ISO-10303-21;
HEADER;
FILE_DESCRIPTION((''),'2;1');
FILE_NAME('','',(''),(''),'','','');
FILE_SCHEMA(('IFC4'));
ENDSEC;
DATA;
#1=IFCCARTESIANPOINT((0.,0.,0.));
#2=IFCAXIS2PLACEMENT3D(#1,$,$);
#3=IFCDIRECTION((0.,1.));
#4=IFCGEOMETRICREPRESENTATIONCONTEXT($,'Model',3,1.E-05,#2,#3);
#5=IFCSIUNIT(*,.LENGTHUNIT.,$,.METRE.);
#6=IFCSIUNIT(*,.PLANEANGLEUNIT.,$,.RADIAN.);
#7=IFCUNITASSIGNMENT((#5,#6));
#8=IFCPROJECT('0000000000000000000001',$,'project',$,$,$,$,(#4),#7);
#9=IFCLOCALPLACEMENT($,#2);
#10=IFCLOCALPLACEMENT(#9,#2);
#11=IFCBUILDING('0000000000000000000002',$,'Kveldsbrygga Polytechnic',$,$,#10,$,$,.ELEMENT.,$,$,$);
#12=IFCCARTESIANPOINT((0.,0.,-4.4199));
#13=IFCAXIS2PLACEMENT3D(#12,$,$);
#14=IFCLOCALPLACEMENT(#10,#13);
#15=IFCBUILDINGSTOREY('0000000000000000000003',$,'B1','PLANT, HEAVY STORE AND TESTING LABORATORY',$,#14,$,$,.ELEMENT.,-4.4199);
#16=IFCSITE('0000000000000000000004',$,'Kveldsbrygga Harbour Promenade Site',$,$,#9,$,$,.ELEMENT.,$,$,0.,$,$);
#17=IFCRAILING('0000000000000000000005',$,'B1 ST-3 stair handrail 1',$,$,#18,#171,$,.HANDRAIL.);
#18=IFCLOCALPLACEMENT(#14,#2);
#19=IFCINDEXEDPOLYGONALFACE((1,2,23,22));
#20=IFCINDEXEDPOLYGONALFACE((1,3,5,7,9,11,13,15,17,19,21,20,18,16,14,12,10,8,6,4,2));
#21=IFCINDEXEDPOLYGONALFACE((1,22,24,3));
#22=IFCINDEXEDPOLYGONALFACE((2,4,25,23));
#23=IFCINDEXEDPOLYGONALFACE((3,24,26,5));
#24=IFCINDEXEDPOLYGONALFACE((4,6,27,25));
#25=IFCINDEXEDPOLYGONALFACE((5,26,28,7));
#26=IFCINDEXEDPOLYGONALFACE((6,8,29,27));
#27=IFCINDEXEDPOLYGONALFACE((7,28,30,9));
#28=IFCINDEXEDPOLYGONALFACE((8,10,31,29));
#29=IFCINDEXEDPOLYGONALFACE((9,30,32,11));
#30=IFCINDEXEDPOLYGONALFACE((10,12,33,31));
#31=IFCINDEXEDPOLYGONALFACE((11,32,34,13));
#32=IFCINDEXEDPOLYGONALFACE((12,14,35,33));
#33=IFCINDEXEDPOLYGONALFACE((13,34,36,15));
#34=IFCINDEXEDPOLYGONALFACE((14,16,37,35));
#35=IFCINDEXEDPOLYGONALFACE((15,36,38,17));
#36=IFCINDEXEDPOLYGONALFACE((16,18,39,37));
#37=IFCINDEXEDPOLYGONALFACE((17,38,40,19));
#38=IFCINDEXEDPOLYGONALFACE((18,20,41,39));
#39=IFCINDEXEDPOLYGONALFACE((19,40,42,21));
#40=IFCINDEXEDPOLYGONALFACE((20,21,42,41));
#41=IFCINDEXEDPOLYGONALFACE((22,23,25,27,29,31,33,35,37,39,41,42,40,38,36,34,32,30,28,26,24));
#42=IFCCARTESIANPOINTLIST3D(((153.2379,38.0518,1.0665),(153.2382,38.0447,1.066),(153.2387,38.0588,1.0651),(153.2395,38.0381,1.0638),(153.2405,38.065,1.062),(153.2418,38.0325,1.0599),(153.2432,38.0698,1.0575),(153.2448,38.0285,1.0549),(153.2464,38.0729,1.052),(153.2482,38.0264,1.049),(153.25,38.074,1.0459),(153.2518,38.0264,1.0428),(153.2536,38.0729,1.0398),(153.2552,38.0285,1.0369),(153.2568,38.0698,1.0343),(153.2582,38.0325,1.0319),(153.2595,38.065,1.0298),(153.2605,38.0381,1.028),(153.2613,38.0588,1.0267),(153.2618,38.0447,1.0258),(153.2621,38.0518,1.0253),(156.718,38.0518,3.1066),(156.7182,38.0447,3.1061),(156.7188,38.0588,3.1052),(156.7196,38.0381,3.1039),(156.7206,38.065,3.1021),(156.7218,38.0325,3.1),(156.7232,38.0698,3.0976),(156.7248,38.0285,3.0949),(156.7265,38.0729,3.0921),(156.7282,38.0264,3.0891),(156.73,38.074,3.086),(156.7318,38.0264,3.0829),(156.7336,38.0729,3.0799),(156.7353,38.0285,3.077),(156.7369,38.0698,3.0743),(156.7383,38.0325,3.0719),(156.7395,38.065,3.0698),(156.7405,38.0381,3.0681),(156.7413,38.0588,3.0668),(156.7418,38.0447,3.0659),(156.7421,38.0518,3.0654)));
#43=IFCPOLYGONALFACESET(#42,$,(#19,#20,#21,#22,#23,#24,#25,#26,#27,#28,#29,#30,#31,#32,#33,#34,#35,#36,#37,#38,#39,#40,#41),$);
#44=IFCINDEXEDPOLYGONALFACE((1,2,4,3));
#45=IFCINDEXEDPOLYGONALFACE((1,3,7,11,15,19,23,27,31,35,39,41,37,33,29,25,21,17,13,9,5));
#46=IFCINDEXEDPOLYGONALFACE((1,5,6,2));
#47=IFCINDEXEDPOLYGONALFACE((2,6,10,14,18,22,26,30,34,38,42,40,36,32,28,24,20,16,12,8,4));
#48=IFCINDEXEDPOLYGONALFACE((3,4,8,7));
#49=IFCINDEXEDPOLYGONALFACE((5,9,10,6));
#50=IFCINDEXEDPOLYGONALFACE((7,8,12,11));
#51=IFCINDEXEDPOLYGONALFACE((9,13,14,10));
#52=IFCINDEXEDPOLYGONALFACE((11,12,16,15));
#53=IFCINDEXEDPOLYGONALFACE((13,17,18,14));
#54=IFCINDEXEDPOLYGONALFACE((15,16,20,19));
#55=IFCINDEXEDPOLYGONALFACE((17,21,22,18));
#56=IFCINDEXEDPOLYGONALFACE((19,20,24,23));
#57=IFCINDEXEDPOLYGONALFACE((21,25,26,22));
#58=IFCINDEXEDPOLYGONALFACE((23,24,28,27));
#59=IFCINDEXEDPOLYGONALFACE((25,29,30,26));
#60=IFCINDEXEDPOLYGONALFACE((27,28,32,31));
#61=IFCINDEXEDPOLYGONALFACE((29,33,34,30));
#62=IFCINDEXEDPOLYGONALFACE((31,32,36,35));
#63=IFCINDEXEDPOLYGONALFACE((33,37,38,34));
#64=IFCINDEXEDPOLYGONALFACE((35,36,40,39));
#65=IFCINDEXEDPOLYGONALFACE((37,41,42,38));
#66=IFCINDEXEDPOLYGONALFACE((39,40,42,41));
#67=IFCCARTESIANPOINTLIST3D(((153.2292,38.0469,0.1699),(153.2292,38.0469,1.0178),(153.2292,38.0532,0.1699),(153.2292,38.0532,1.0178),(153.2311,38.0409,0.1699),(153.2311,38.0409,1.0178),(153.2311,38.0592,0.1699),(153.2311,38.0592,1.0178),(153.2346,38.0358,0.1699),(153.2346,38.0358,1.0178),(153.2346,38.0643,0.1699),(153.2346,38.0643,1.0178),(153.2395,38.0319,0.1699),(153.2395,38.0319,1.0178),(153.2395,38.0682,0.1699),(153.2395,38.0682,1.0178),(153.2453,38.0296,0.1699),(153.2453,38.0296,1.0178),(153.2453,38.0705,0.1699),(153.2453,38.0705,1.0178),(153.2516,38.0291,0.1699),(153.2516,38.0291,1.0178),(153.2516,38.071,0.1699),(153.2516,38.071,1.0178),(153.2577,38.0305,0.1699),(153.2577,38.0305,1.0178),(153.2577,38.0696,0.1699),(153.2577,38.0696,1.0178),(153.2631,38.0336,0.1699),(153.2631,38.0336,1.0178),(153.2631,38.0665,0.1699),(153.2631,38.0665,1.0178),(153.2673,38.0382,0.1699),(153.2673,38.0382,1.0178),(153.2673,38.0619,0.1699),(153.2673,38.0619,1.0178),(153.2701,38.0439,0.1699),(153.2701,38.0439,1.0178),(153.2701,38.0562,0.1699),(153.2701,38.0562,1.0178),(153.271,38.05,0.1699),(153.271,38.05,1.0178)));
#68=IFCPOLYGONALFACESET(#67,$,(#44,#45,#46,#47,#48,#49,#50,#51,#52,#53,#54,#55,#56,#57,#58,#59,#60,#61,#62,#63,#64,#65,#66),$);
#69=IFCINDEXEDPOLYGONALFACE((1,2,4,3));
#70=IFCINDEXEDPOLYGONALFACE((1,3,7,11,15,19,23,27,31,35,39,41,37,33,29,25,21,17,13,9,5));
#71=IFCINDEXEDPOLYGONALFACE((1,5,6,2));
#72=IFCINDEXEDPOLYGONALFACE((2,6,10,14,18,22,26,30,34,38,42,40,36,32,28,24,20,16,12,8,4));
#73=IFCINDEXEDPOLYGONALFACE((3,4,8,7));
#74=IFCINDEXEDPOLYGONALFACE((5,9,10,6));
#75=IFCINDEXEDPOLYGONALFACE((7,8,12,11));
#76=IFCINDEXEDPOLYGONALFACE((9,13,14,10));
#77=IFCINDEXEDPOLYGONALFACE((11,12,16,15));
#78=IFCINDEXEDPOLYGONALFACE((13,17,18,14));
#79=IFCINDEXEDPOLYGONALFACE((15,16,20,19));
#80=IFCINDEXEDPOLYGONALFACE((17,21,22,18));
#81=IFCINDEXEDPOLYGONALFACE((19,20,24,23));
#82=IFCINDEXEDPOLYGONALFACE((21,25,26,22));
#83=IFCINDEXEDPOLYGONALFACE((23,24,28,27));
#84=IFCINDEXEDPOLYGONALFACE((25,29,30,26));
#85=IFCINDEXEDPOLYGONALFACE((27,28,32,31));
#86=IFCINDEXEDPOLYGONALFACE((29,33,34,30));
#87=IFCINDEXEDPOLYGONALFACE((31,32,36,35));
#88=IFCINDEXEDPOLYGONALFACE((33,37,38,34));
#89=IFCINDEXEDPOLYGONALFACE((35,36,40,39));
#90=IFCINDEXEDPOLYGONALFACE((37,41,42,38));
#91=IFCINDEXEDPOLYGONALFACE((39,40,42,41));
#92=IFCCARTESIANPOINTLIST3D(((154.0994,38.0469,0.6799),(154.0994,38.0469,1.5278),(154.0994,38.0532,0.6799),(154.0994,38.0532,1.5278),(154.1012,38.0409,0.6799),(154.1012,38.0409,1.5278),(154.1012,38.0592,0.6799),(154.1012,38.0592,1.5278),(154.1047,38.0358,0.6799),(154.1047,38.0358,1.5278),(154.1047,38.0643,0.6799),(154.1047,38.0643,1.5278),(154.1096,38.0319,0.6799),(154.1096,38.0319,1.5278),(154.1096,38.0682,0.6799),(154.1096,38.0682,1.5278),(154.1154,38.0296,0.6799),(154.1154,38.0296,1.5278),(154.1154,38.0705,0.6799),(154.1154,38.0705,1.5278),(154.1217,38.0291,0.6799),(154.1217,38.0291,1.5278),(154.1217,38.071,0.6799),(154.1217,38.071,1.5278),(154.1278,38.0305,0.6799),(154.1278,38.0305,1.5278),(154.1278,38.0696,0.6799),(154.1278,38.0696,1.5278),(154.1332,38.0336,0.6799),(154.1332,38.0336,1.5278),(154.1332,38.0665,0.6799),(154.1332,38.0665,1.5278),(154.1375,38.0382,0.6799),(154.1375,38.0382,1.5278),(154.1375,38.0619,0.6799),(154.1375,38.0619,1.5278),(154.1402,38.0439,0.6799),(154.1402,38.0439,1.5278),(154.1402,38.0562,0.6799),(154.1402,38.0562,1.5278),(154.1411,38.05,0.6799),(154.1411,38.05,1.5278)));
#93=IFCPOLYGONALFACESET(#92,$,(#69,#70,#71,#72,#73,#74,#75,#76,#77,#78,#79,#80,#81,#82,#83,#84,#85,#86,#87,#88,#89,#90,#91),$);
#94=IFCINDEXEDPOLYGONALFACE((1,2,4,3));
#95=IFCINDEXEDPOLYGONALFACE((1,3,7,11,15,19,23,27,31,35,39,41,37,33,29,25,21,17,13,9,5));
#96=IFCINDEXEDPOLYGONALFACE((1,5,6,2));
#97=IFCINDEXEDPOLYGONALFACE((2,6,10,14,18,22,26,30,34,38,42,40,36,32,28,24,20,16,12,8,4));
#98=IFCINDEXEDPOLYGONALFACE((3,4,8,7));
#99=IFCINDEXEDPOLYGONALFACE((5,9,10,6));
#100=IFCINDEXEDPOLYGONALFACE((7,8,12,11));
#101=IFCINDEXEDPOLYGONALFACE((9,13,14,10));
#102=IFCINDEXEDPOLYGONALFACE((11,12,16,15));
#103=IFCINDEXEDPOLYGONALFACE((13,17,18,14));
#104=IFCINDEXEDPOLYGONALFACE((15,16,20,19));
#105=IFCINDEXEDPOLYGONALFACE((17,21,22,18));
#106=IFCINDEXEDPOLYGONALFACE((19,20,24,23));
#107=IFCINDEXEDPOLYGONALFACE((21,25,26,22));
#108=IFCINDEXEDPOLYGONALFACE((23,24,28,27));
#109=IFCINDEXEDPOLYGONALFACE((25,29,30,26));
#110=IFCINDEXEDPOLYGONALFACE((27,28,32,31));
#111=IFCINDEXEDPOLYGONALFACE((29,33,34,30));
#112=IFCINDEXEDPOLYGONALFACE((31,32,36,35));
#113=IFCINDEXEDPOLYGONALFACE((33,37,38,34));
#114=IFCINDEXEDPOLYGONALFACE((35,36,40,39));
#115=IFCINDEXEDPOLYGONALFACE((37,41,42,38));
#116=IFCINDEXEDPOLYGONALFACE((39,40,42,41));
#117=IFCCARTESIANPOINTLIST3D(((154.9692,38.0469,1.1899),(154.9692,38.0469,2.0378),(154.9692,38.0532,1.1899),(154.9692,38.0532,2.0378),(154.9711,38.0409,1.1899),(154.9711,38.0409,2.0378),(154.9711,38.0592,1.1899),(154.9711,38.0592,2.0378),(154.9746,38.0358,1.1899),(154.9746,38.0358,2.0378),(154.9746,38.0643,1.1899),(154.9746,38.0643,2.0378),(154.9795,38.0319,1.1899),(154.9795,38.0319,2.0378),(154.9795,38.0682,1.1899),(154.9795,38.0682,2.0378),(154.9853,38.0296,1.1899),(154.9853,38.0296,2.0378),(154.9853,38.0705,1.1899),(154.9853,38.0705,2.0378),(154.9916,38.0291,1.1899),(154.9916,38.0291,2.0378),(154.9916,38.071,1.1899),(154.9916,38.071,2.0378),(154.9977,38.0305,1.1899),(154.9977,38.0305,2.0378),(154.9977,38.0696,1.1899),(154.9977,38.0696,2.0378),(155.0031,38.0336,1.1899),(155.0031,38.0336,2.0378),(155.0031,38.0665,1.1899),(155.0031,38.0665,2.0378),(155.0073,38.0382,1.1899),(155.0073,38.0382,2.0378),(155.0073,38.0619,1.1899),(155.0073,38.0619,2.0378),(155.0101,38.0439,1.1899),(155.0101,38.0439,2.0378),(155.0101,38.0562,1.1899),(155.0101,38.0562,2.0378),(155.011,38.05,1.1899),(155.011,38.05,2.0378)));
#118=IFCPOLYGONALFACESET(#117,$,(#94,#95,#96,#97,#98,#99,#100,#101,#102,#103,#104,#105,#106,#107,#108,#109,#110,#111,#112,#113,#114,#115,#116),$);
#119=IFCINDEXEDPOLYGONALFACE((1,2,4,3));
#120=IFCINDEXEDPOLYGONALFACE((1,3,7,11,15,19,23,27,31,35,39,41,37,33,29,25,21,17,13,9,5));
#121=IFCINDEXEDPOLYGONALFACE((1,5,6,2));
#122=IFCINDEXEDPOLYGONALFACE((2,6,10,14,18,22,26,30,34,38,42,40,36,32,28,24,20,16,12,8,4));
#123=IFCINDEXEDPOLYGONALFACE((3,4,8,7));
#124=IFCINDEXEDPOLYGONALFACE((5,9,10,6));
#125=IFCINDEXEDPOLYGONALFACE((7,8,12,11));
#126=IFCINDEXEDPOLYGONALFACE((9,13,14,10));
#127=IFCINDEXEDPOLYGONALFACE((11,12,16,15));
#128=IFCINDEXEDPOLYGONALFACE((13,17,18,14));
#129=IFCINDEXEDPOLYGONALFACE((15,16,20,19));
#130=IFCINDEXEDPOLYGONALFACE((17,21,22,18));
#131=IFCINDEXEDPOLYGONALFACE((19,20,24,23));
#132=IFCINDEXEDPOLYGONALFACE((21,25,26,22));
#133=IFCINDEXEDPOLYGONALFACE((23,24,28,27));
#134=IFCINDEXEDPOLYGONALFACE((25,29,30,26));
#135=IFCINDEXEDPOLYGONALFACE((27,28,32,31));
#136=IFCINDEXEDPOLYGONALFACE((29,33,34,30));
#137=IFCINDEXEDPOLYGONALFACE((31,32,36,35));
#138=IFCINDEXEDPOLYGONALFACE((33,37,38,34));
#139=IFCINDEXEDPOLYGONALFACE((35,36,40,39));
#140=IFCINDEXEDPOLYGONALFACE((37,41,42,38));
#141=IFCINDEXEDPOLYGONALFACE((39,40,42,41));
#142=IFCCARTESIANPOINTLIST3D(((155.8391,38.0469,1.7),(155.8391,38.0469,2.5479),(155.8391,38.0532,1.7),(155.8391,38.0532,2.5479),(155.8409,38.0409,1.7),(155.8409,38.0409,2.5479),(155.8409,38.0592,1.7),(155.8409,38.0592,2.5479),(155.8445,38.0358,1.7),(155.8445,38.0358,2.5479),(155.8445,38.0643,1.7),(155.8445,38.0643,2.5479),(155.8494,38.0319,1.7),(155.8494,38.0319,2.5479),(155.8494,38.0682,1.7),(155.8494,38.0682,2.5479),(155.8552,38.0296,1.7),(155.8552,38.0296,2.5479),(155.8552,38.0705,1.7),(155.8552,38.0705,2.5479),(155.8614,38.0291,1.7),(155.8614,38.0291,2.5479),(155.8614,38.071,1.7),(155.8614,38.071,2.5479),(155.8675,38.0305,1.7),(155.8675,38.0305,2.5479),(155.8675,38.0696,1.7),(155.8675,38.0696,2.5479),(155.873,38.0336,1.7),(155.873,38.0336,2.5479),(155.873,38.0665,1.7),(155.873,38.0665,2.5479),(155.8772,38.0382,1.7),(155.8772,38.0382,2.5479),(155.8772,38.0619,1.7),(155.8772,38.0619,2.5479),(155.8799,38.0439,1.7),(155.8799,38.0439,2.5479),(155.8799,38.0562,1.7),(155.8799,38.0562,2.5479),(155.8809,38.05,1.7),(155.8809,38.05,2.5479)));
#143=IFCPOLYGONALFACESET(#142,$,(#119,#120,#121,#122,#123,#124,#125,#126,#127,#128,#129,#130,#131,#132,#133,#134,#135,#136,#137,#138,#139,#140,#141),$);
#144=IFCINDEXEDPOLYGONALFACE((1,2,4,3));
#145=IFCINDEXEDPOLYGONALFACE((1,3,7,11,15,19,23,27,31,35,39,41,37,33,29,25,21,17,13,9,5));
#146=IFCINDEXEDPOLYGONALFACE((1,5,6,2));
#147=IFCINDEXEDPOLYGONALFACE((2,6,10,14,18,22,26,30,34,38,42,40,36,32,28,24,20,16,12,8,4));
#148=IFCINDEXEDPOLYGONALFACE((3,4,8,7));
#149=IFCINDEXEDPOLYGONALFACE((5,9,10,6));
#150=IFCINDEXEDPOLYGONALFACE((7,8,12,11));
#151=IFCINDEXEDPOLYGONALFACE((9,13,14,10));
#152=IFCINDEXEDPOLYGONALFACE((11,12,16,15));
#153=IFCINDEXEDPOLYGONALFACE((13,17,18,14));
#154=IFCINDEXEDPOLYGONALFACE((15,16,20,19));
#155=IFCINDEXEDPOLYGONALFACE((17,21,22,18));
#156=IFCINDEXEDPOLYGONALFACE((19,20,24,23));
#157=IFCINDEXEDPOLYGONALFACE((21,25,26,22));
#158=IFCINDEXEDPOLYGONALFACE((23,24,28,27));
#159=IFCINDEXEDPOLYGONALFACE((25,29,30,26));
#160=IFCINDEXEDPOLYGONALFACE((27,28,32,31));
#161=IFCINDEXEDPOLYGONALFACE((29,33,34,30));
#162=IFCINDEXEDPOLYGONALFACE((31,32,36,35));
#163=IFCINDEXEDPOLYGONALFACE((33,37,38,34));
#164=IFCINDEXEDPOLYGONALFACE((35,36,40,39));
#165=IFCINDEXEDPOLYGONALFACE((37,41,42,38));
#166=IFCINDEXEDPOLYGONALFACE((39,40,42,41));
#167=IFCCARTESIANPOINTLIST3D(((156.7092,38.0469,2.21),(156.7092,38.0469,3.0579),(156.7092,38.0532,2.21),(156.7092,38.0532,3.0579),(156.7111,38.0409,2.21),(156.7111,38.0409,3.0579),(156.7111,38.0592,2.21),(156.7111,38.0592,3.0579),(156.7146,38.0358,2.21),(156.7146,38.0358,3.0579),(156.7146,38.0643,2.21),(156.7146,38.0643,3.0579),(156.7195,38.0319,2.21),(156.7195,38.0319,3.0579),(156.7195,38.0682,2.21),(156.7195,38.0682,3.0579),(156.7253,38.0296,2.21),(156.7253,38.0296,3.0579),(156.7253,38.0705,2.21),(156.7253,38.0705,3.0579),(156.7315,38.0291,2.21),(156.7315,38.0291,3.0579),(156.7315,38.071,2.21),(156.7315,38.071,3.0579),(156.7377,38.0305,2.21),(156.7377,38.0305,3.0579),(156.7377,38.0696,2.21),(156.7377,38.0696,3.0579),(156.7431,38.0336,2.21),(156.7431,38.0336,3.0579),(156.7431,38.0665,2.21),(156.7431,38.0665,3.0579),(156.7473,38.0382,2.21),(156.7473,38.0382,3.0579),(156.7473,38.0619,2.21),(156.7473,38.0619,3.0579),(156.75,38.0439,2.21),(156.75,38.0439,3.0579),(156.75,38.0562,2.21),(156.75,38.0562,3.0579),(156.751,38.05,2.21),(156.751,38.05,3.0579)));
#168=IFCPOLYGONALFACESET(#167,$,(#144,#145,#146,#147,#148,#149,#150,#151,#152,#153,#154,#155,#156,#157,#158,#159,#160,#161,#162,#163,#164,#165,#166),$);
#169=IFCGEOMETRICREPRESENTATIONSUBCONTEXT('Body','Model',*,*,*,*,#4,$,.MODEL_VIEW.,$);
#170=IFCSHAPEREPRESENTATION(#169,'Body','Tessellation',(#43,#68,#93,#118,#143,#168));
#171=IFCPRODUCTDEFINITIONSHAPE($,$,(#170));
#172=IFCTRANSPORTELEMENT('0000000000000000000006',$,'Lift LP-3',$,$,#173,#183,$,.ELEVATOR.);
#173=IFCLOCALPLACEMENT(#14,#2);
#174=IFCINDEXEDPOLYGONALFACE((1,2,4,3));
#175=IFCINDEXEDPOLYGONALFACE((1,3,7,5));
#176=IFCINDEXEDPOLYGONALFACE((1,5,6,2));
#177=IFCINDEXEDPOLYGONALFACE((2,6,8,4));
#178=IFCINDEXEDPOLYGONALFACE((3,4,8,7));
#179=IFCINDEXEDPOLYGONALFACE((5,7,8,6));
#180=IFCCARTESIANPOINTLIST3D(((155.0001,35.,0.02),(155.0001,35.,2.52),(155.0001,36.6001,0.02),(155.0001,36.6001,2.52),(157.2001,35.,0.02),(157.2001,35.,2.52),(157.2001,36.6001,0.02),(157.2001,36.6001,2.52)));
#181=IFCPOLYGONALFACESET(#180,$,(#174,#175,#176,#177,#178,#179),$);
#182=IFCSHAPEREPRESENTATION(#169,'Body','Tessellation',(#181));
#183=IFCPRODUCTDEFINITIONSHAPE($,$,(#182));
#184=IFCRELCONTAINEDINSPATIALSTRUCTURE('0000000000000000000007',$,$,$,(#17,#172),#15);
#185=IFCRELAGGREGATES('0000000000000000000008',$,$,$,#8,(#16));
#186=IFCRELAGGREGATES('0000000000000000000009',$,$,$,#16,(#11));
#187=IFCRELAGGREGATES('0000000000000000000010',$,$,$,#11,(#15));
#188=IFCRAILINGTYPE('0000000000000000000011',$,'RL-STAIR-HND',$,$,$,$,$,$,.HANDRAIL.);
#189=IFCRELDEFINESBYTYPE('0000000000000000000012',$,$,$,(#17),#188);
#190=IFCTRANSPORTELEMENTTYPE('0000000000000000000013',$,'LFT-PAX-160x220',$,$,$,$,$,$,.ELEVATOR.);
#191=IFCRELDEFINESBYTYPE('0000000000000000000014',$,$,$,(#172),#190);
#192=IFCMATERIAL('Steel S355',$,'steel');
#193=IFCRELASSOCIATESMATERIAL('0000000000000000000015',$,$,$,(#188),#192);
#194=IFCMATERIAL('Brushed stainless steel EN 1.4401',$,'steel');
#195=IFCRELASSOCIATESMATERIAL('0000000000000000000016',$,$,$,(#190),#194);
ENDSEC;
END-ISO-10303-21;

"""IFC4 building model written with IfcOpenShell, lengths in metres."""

from ifc_helpers import new_model, si_unit, direction, frame, origin, origin_2d, place, context, subcontext, project, spatial, rectangle, circle, extrude, material, type_object, element, save


model = new_model("IFC4")

# Units and contexts
model_context = context("Model", 3, precision=1e-05, world=origin(), true_north=direction((0.0, 1.0)))
body_context = subcontext(model_context, "Body", "Model", "MODEL_VIEW")
ifc_project = project(units=[si_unit("LENGTHUNIT", "METRE"), si_unit("PLANEANGLEUNIT", "RADIAN")], contexts=[model_context])

# Site, building, storey
site_placement = place(None, origin())
site = spatial("IfcSite", under=ifc_project, at=site_placement, Name="Kveldsbrygga Harbour Promenade Site", CompositionType="ELEMENT", RefElevation=0.0)
building_placement = place(site_placement, origin())
building = spatial("IfcBuilding", under=site, at=building_placement, Name="Kveldsbrygga Polytechnic", CompositionType="ELEMENT")
storey_placement = place(building_placement, frame((0.0, 0.0, -4.4199)))
storey = spatial("IfcBuildingStorey", under=building, at=storey_placement, Name="B1", Description="PLANT, HEAVY STORE AND TESTING LABORATORY", CompositionType="ELEMENT", Elevation=-4.4199)

# Shared definitions
ifc_material_1 = material(Name="Brushed stainless steel EN 1.4401", Category="steel")

# Railing
ifc_material_2 = material(Name="Steel S355", Category="steel")
railing_type_1 = type_object("IfcRailingType", Name="RL-STAIR-HND", PredefinedType="HANDRAIL", material=ifc_material_2)
railing_1_placement = place(storey_placement, frame((153.25, 38.05, 0.1699)))
element("IfcRailing", 1, at=railing_1_placement, inside=storey, type_object=railing_type_1, Name="B1 ST-3 stair handrail 1", PredefinedType="HANDRAIL", context=body_context, shape_type="SweptSolid", body=[
    extrude(circle(Radius=0.0239, at=origin_2d()), frame((0.0, 0.0, 0.876), z_axis=(0.862693, 0.0, 0.505729), x_axis=(0.0, 1.0, 0.0)), (0.0, 0.0, 1.0), 4.0339),
    extrude(circle(Radius=0.021, at=origin_2d()), origin(), (0.0, 0.0, 1.0), 0.8479),
    extrude(circle(Radius=0.021, at=origin_2d()), frame((0.8701, 0.0, 0.51)), (0.0, 0.0, 1.0), 0.8479),
    extrude(circle(Radius=0.021, at=origin_2d()), frame((1.74, 0.0, 1.02)), (0.0, 0.0, 1.0), 0.8479),
    extrude(circle(Radius=0.021, at=origin_2d()), frame((2.6099, 0.0, 1.53)), (0.0, 0.0, 1.0), 0.8479),
    extrude(circle(Radius=0.021, at=origin_2d()), frame((3.48, 0.0, 2.04)), (0.0, 0.0, 1.0), 0.8479),
])

# Transport element
transport_element_type = type_object("IfcTransportElementType", Name="LFT-PAX-160x220", PredefinedType="ELEVATOR", material=ifc_material_1)
transport_element_placement = place(storey_placement, frame((156.1001, 35.8, 0.02), z_axis=(0.0, 0.0, 1.0), x_axis=(1.0, 0.0, 0.0)))
element("IfcTransportElement", 2, at=transport_element_placement, inside=storey, type_object=transport_element_type, Name="Lift LP-3", PredefinedType="ELEVATOR", context=body_context, shape_type="SweptSolid", body=[
    extrude(rectangle(XDim=2.2, YDim=1.6001, at=origin_2d()), origin(), (0.0, 0.0, 1.0), 2.5),
])

save(model, "model.ifc")
